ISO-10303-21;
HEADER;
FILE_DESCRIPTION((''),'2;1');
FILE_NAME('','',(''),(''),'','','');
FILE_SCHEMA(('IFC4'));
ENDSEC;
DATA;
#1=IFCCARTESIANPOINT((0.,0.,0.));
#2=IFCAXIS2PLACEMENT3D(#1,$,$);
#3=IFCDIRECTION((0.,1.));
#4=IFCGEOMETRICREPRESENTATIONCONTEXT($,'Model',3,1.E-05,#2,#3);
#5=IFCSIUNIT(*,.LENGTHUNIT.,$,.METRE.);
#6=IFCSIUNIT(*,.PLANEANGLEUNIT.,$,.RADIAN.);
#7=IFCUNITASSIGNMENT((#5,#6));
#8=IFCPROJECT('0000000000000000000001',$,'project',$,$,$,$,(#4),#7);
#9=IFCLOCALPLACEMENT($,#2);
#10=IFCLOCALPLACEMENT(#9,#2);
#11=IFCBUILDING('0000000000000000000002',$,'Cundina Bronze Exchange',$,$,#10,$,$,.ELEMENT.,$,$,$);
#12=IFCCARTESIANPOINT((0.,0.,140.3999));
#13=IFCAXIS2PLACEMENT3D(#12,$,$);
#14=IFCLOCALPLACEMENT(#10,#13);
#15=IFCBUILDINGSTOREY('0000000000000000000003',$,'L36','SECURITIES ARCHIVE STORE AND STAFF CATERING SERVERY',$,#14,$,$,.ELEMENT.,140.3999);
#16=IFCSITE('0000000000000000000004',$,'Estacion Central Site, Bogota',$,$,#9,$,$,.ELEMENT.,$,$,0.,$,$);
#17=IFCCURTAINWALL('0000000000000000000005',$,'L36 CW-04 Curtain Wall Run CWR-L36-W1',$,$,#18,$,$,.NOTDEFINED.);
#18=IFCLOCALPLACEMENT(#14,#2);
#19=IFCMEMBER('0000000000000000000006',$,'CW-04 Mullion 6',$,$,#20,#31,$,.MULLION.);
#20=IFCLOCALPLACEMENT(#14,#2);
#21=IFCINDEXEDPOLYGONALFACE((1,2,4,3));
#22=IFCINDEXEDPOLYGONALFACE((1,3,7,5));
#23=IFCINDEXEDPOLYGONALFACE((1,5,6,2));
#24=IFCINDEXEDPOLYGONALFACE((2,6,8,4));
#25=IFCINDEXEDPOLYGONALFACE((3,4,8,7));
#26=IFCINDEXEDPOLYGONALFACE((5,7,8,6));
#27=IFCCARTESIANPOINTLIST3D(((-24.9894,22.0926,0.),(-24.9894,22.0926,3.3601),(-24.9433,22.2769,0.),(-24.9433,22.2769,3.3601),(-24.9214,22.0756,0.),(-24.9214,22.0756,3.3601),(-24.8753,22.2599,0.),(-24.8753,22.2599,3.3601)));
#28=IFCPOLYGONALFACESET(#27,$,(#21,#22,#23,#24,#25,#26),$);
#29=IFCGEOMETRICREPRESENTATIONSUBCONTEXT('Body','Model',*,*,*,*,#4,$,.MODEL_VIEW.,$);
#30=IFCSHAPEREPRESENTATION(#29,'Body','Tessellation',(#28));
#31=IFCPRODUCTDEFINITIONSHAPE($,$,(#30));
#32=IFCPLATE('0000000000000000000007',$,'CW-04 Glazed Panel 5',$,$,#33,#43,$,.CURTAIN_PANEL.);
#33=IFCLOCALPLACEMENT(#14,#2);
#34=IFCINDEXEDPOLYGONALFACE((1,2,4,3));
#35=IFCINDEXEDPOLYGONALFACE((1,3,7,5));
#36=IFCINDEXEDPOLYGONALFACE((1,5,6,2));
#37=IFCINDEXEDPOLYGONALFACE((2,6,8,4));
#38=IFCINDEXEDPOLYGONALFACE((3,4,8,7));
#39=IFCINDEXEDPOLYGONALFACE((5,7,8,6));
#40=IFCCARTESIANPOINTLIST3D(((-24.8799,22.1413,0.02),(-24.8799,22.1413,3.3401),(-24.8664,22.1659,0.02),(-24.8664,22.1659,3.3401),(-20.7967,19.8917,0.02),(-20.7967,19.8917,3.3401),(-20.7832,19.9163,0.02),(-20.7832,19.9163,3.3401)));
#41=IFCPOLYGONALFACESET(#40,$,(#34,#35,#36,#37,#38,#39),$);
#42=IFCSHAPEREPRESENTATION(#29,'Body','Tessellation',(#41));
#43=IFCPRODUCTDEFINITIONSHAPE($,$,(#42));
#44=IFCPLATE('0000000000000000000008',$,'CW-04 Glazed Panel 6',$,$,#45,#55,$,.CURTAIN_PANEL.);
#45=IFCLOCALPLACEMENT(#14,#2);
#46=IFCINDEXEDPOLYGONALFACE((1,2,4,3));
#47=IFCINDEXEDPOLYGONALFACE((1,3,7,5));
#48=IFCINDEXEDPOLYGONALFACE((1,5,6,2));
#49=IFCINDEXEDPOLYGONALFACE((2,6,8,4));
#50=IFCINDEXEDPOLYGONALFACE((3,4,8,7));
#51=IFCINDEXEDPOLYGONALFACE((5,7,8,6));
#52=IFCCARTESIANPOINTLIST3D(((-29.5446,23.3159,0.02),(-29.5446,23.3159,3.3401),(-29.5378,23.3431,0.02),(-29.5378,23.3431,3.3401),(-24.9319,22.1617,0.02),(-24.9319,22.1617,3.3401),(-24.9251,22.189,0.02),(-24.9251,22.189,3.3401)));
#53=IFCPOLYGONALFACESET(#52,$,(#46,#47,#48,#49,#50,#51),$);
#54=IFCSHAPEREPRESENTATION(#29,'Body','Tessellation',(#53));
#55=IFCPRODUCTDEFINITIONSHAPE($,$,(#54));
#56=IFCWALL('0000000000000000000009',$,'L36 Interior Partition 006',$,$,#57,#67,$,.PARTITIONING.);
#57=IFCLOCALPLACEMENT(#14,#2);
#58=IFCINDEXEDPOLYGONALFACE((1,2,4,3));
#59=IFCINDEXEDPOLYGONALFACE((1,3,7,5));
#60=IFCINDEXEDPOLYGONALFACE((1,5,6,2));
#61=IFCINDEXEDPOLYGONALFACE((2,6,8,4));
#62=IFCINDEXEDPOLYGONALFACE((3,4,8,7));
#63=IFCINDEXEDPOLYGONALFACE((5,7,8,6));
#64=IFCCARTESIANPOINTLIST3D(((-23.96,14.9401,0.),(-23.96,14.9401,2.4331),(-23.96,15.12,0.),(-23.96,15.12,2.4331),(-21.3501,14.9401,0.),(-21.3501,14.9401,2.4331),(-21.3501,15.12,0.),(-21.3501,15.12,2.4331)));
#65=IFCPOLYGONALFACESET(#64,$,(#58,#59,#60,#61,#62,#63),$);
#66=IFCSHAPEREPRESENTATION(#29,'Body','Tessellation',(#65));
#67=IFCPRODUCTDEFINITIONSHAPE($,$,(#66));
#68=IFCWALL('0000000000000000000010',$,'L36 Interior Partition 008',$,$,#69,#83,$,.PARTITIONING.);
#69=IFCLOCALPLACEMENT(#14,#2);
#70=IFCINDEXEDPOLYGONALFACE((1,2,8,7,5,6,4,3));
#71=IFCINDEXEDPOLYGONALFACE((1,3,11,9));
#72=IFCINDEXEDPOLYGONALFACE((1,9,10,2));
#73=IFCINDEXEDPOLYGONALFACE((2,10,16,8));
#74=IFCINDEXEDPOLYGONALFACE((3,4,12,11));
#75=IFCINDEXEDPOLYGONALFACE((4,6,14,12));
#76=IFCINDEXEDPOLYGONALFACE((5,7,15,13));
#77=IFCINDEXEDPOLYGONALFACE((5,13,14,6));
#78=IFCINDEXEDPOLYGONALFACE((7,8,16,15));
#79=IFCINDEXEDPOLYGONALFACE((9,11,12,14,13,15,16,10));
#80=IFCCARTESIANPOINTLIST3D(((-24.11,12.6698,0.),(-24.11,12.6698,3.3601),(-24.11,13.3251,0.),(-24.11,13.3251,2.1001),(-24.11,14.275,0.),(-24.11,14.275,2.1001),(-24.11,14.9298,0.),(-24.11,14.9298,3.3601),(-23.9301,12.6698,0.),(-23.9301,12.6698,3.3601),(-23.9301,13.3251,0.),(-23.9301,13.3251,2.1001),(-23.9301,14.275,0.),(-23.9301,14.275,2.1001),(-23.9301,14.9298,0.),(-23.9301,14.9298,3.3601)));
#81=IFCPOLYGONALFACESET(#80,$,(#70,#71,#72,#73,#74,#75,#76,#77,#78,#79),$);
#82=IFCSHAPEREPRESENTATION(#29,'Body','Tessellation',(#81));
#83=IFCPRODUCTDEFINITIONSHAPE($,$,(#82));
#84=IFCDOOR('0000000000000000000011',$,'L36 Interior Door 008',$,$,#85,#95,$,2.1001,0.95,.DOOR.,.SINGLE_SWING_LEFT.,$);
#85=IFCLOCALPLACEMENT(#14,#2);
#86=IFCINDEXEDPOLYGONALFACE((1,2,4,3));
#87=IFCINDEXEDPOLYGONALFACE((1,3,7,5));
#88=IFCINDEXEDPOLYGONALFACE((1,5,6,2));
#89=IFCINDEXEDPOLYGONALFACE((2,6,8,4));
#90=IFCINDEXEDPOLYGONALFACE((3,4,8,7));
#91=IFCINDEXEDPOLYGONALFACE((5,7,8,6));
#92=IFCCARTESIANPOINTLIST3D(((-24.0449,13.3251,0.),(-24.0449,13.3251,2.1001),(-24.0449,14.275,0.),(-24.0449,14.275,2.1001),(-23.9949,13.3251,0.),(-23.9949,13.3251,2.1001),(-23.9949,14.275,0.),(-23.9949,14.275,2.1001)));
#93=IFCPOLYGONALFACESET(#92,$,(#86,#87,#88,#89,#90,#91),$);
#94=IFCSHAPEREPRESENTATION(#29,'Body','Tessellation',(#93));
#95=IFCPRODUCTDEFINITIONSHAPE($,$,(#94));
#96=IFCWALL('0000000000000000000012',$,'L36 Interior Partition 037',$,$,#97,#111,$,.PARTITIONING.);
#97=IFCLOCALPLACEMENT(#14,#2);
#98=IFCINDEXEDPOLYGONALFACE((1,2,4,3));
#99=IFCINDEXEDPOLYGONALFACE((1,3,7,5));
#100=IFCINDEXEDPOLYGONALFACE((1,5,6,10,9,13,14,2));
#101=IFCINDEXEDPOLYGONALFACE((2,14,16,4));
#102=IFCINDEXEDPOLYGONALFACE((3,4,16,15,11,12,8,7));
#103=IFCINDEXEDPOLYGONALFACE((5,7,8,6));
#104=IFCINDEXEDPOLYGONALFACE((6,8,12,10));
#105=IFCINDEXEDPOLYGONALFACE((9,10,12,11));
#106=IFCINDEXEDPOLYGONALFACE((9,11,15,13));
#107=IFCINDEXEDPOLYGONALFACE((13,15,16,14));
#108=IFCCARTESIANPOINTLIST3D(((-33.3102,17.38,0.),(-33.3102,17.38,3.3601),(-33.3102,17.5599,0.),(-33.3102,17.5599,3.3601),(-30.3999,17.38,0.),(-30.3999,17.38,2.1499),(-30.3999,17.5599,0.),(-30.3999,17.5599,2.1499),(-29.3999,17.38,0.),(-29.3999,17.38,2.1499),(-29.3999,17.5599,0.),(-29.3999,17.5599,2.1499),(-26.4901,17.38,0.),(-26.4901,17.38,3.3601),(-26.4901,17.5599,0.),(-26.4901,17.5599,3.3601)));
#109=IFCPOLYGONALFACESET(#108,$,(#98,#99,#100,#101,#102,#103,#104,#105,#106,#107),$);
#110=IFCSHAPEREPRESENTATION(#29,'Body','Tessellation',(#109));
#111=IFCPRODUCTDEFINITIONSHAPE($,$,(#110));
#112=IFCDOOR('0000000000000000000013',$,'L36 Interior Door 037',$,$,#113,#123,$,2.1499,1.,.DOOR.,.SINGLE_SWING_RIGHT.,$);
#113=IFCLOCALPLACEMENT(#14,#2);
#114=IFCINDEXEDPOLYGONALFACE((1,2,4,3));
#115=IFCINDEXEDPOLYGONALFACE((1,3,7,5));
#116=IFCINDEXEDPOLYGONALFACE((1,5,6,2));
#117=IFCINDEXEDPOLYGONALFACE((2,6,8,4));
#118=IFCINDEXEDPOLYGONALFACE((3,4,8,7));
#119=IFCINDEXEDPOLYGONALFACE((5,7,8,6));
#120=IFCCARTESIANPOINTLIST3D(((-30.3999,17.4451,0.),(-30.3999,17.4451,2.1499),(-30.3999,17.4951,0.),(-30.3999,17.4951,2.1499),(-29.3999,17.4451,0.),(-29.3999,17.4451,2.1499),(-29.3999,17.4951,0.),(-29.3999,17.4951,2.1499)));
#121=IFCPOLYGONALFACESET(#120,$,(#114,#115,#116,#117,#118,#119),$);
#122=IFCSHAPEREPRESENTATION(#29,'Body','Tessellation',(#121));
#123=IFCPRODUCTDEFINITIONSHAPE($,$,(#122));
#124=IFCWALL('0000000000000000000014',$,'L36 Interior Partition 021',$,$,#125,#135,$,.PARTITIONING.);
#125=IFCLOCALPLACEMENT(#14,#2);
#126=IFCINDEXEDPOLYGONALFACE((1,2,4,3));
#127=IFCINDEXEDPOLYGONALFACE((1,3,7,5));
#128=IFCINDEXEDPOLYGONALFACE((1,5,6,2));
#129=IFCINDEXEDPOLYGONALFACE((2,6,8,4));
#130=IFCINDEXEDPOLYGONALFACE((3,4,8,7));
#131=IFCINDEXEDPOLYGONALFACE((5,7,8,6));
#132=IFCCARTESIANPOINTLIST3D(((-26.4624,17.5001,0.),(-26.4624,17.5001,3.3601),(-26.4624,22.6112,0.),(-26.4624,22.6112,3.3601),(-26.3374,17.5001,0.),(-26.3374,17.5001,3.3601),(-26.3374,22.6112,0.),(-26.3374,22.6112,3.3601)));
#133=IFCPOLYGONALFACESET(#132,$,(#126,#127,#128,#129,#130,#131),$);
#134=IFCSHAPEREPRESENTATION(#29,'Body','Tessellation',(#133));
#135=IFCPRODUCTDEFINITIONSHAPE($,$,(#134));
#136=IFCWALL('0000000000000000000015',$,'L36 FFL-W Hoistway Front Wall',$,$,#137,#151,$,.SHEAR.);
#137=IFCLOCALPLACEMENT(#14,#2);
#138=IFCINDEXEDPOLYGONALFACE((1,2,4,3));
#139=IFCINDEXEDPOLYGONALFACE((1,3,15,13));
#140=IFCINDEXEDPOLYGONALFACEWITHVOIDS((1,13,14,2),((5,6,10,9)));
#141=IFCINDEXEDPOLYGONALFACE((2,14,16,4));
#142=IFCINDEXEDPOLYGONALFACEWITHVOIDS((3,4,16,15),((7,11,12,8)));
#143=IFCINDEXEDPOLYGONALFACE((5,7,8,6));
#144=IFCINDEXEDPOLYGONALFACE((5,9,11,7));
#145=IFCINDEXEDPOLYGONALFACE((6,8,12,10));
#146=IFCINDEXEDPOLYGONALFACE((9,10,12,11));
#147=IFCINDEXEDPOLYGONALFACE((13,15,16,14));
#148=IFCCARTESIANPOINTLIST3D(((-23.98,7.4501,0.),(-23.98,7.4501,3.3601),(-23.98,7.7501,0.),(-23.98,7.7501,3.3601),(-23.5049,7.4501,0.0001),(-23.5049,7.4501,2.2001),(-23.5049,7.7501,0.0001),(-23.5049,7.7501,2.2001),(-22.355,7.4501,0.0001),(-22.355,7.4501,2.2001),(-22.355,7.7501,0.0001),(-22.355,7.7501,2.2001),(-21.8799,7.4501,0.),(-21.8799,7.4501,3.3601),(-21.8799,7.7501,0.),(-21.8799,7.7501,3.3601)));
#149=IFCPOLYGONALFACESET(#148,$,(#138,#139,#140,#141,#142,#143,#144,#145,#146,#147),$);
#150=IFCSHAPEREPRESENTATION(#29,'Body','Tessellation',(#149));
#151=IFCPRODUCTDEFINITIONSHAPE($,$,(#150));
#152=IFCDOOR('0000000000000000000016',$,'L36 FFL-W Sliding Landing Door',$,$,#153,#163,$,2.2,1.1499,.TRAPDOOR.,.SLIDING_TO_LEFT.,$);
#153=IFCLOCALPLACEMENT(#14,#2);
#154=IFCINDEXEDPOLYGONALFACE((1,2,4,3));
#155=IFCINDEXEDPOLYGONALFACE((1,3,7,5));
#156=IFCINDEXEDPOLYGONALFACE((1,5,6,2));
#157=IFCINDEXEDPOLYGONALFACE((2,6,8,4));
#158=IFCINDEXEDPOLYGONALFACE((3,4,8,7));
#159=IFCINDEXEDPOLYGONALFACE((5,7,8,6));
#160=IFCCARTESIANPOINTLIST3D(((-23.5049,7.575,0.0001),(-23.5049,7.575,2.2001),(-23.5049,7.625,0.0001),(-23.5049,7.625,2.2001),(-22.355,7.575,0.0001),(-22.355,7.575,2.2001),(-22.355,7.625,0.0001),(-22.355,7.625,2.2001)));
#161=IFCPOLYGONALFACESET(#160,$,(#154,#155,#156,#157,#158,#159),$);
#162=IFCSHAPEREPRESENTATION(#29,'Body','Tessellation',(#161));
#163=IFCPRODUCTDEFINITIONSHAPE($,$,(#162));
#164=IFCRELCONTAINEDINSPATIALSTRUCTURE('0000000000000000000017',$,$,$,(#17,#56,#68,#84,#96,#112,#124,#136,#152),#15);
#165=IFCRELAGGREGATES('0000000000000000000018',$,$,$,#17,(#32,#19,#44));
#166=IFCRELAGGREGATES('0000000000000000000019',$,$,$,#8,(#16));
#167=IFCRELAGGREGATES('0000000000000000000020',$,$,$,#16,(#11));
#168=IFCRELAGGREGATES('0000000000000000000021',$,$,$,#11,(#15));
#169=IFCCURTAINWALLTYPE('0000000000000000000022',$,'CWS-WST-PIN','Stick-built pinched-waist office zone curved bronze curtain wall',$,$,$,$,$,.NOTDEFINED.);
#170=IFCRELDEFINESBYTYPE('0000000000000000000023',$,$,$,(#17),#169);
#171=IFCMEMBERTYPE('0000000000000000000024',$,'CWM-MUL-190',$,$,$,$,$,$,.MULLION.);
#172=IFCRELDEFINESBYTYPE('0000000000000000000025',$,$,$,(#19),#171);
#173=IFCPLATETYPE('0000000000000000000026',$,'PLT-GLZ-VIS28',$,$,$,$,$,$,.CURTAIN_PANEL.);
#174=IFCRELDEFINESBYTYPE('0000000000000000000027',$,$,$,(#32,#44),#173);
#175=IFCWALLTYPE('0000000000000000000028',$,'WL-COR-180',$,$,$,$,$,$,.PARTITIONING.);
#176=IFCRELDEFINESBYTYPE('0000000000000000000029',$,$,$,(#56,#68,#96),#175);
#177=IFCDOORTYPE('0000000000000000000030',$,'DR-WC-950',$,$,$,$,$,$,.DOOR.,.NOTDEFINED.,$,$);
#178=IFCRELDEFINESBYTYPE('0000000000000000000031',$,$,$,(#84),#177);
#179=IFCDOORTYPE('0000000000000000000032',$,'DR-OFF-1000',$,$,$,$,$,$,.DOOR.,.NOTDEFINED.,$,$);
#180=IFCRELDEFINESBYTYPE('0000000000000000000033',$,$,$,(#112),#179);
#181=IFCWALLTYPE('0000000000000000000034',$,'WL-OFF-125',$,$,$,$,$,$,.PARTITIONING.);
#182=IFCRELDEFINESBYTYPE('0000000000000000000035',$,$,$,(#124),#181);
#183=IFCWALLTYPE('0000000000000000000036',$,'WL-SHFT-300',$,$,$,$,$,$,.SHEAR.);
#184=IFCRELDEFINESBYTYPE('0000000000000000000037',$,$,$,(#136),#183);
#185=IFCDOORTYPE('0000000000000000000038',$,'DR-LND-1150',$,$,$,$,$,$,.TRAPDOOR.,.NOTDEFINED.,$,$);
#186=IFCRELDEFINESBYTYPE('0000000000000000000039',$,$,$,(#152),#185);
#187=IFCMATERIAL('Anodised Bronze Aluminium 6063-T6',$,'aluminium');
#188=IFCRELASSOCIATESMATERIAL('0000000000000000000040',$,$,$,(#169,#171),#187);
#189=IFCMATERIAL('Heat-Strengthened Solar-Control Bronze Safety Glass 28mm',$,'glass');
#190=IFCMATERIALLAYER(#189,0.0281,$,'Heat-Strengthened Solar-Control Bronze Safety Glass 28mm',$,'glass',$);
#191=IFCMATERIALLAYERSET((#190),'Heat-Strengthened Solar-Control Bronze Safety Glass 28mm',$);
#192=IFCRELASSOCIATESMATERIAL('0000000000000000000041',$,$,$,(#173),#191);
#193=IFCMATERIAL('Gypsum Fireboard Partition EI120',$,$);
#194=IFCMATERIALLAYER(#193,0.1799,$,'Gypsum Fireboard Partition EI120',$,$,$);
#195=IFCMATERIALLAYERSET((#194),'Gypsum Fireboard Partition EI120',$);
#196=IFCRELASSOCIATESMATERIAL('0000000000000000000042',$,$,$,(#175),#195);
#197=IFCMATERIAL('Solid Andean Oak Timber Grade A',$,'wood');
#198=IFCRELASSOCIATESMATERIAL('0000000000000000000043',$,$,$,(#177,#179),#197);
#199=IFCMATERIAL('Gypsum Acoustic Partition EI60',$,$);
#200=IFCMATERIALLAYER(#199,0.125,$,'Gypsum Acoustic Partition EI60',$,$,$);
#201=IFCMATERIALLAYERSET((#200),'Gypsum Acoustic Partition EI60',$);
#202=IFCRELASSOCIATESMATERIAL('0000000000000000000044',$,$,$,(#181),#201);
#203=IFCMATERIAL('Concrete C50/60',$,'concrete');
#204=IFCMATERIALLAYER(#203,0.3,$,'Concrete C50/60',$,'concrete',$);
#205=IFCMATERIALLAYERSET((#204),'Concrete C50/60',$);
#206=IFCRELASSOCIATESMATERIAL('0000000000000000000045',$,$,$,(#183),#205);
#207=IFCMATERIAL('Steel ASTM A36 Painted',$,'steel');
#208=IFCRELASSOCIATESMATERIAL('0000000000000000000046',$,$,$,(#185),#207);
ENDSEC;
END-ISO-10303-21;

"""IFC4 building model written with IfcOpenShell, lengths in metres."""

from ifc_helpers import new_model, si_unit, direction, frame, frame_2d, origin, origin_2d, place, context, subcontext, project, spatial, rectangle, extrude, material, layer, layer_set, material_profile, profile_set, type_object, element, fill, aggregate, save


model = new_model("IFC4")

# Units and contexts
model_context = context("Model", 3, precision=1e-05, world=origin(), true_north=direction((0.0, 1.0)))
body_context = subcontext(model_context, "Body", "Model", "MODEL_VIEW")
ifc_project = project(units=[si_unit("LENGTHUNIT", "METRE"), si_unit("PLANEANGLEUNIT", "RADIAN")], contexts=[model_context])

# Site, building, storey
site_placement = place(None, origin())
site = spatial("IfcSite", under=ifc_project, at=site_placement, Name="Estacion Central Site, Bogota", CompositionType="ELEMENT", RefElevation=0.0)
building_placement = place(site_placement, origin())
building = spatial("IfcBuilding", under=site, at=building_placement, Name="Cundina Bronze Exchange", CompositionType="ELEMENT")
storey_placement = place(building_placement, frame((0.0, 0.0, 140.3999)))
storey = spatial("IfcBuildingStorey", under=building, at=storey_placement, Name="L36", Description="SECURITIES ARCHIVE STORE AND STAFF CATERING SERVERY", CompositionType="ELEMENT", Elevation=140.3999)

# Shared definitions
ifc_material_1 = material(Name="Concrete C50/60", Category="concrete")

# Curtain wall, member, plates
ifc_material_2 = material(Name="Anodised Bronze Aluminium 6063-T6", Category="aluminium")
curtain_wall_type = type_object("IfcCurtainWallType", Name="CWS-WST-PIN", Description="Stick-built pinched-waist office zone curved bronze curtain wall", PredefinedType="NOTDEFINED", material=ifc_material_2)
curtain_wall_placement = place(storey_placement, origin())
curtain_wall = element("IfcCurtainWall", 1, at=curtain_wall_placement, inside=storey, type_object=curtain_wall_type, Name="L36 CW-04 Curtain Wall Run CWR-L36-W1", PredefinedType="NOTDEFINED")
ifc_material_profile_1 = material_profile(ifc_material_2, rectangle(XDim=0.0701, YDim=0.1899, at=origin_2d()), Name="AL70X190", Category="aluminium")
ifc_profile_set_1 = profile_set([ifc_material_profile_1], Name="Anodised Bronze Aluminium 6063-T6")
member_type = type_object("IfcMemberType", Name="CWM-MUL-190", PredefinedType="MULLION", material=ifc_profile_set_1)
member_placement = place(storey_placement, frame((-24.9324, 22.1763, 0.0), z_axis=(0.0, 0.0, 1.0), x_axis=(-0.970084, 0.242769, 0.0)))
member = element("IfcMember", 2, at=member_placement, type_object=member_type, Name="CW-04 Mullion 6", PredefinedType="MULLION", context=body_context, shape_type="SweptSolid", body=[
    extrude(rectangle(XDim=0.0701, YDim=0.1899, at=origin_2d()), origin(), (0.0, 0.0, 1.0), 3.3601),
])
ifc_material_3 = material(Name="Heat-Strengthened Solar-Control Bronze Safety Glass 28mm", Category="glass")
ifc_layer_1 = layer(ifc_material_3, 0.0281, Name="Heat-Strengthened Solar-Control Bronze Safety Glass 28mm", Category="glass")
ifc_layer_set_1 = layer_set([ifc_layer_1], Name="Heat-Strengthened Solar-Control Bronze Safety Glass 28mm")
plate_type = type_object("IfcPlateType", Name="PLT-GLZ-VIS28", PredefinedType="CURTAIN_PANEL", material=ifc_layer_set_1)
plate_1_placement = place(storey_placement, frame((-22.8315, 21.0288, 0.02), z_axis=(0.0, 0.0, 1.0), x_axis=(-0.875869, 0.482549, 0.0)))
plate_1 = element("IfcPlate", 3, at=plate_1_placement, type_object=plate_type, Name="CW-04 Glazed Panel 5", PredefinedType="CURTAIN_PANEL", context=body_context, shape_type="SweptSolid", body=[
    extrude(rectangle(XDim=4.6619, YDim=0.0281, at=origin_2d()), origin(), (0.0, 0.0, 1.0), 3.3201),
])
plate_2_placement = place(storey_placement, frame((-27.2349, 22.7524, 0.02), z_axis=(0.0, 0.0, 1.0), x_axis=(-0.970093, 0.242735, 0.0)))
plate_2 = element("IfcPlate", 4, at=plate_2_placement, type_object=plate_type, Name="CW-04 Glazed Panel 6", PredefinedType="CURTAIN_PANEL", context=body_context, shape_type="SweptSolid", body=[
    extrude(rectangle(XDim=4.7549, YDim=0.0281, at=origin_2d()), origin(), (0.0, 0.0, 1.0), 3.3201),
])
aggregate(curtain_wall, [plate_1, member, plate_2])

# Wall
ifc_material_4 = material(Name="Gypsum Fireboard Partition EI120")
ifc_layer_2 = layer(ifc_material_4, 0.1799, Name="Gypsum Fireboard Partition EI120")
ifc_layer_set_2 = layer_set([ifc_layer_2], Name="Gypsum Fireboard Partition EI120")
wall_type_1 = type_object("IfcWallType", Name="WL-COR-180", PredefinedType="PARTITIONING", material=ifc_layer_set_2)
wall_1_placement = place(storey_placement, frame((-23.96, 15.03, 0.0), z_axis=(0.0, 0.0, 1.0), x_axis=(1.0, 0.0, 0.0)))
element("IfcWall", 5, at=wall_1_placement, inside=storey, type_object=wall_type_1, Name="L36 Interior Partition 006", PredefinedType="PARTITIONING", context=body_context, shape_type="SweptSolid", body=[
    extrude(rectangle(XDim=2.6099, YDim=0.1799, at=frame_2d((1.3049, 0.0))), origin(), (0.0, 0.0, 1.0), 2.4331),
])

# Walls, openings, doors
wall_2_placement = place(storey_placement, frame((-24.02, 12.6699, 0.0), z_axis=(0.0, 0.0, 1.0), x_axis=(0.0, 1.0, 0.0)))
wall_2 = element("IfcWall", 6, at=wall_2_placement, inside=storey, type_object=wall_type_1, Name="L36 Interior Partition 008", PredefinedType="PARTITIONING", context=body_context, shape_type="SweptSolid", body=[
    extrude(rectangle(XDim=2.26, YDim=0.1799, at=frame_2d((1.1299, 0.0))), origin(), (0.0, 0.0, 1.0), 3.3601),
])
opening_1_placement = place(wall_2_placement, frame((0.655, 0.0, 0.0)))
opening_1 = element("IfcOpeningElement", 7, at=opening_1_placement, cuts=wall_2, PredefinedType="OPENING", context=body_context, shape_type="SweptSolid", body=[
    extrude(rectangle(XDim=0.95, YDim=2.1001, at=frame_2d((0.4751, 1.05))), frame((0.0, 0.0999, 0.0), z_axis=(0.0, -1.0, 0.0), x_axis=(1.0, 0.0, 0.0)), (0.0, 0.0, 1.0), 0.2),
])
ifc_material_5 = material(Name="Solid Andean Oak Timber Grade A", Category="wood")
door_type_1 = type_object("IfcDoorType", Name="DR-WC-950", OperationType="NOTDEFINED", PredefinedType="DOOR", material=ifc_material_5)
door_1_placement = place(opening_1_placement, origin())
door_1 = element("IfcDoor", 8, at=door_1_placement, inside=storey, type_object=door_type_1, Name="L36 Interior Door 008", OperationType="SINGLE_SWING_LEFT", OverallHeight=2.1001, OverallWidth=0.95, PredefinedType="DOOR", context=body_context, shape_type="SweptSolid", body=[
    extrude(rectangle(XDim=0.95, YDim=2.1001, at=frame_2d((0.4751, 1.05))), frame((0.0, 0.0249, 0.0), z_axis=(0.0, -1.0, 0.0), x_axis=(1.0, 0.0, 0.0)), (0.0, 0.0, 1.0), 0.05),
])
fill(opening_1, door_1)
wall_3_placement = place(storey_placement, frame((-26.49, 17.47, 0.0), z_axis=(0.0, 0.0, 1.0), x_axis=(-1.0, 0.0, 0.0)))
wall_3 = element("IfcWall", 9, at=wall_3_placement, inside=storey, type_object=wall_type_1, Name="L36 Interior Partition 037", PredefinedType="PARTITIONING", context=body_context, shape_type="SweptSolid", body=[
    extrude(rectangle(XDim=6.8201, YDim=0.1799, at=frame_2d((3.4102, 0.0))), origin(), (0.0, 0.0, 1.0), 3.3601),
])
opening_2_placement = place(wall_3_placement, frame((2.9099, 0.0, 0.0)))
opening_2 = element("IfcOpeningElement", 10, at=opening_2_placement, cuts=wall_3, PredefinedType="OPENING", context=body_context, shape_type="SweptSolid", body=[
    extrude(rectangle(XDim=1.0, YDim=2.1499, at=frame_2d((0.5, 1.075))), frame((0.0, 0.0999, 0.0), z_axis=(0.0, -1.0, 0.0), x_axis=(1.0, 0.0, 0.0)), (0.0, 0.0, 1.0), 0.2),
])
door_type_2 = type_object("IfcDoorType", Name="DR-OFF-1000", OperationType="NOTDEFINED", PredefinedType="DOOR", material=ifc_material_5)
door_2_placement = place(opening_2_placement, origin())
door_2 = element("IfcDoor", 11, at=door_2_placement, inside=storey, type_object=door_type_2, Name="L36 Interior Door 037", OperationType="SINGLE_SWING_RIGHT", OverallHeight=2.1499, OverallWidth=1.0, PredefinedType="DOOR", context=body_context, shape_type="SweptSolid", body=[
    extrude(rectangle(XDim=1.0, YDim=2.1499, at=frame_2d((0.5, 1.075))), frame((0.0, 0.0249, 0.0), z_axis=(0.0, -1.0, 0.0), x_axis=(1.0, 0.0, 0.0)), (0.0, 0.0, 1.0), 0.05),
])
fill(opening_2, door_2)

# Wall
ifc_material_6 = material(Name="Gypsum Acoustic Partition EI60")
ifc_layer_3 = layer(ifc_material_6, 0.125, Name="Gypsum Acoustic Partition EI60")
ifc_layer_set_3 = layer_set([ifc_layer_3], Name="Gypsum Acoustic Partition EI60")
wall_type_2 = type_object("IfcWallType", Name="WL-OFF-125", PredefinedType="PARTITIONING", material=ifc_layer_set_3)
wall_4_placement = place(storey_placement, frame((-26.3999, 17.5, 0.0), z_axis=(0.0, 0.0, 1.0), x_axis=(0.0, 1.0, 0.0)))
element("IfcWall", 12, at=wall_4_placement, inside=storey, type_object=wall_type_2, Name="L36 Interior Partition 021", PredefinedType="PARTITIONING", context=body_context, shape_type="SweptSolid", body=[
    extrude(rectangle(XDim=5.1111, YDim=0.125, at=frame_2d((2.5557, 0.0))), origin(), (0.0, 0.0, 1.0), 3.3601),
])

# Wall, opening, door
ifc_layer_4 = layer(ifc_material_1, 0.3, Name="Concrete C50/60", Category="concrete")
ifc_layer_set_4 = layer_set([ifc_layer_4], Name="Concrete C50/60")
wall_type_3 = type_object("IfcWallType", Name="WL-SHFT-300", PredefinedType="SHEAR", material=ifc_layer_set_4)
ifc_material_7 = material(Name="Steel ASTM A36 Painted", Category="steel")
wall_5_placement = place(storey_placement, frame((-23.98, 7.6001, 0.0), z_axis=(0.0, 0.0, 1.0), x_axis=(1.0, 0.0, 0.0)))
wall_5 = element("IfcWall", 13, at=wall_5_placement, inside=storey, type_object=wall_type_3, Name="L36 FFL-W Hoistway Front Wall", PredefinedType="SHEAR", context=body_context, shape_type="SweptSolid", body=[
    extrude(rectangle(XDim=2.1001, YDim=0.3, at=frame_2d((1.05, 0.0))), origin(), (0.0, 0.0, 1.0), 3.3601),
])
opening_3_placement = place(wall_5_placement, frame((0.4751, 0.0, 0.0)))
opening_3 = element("IfcOpeningElement", 14, at=opening_3_placement, cuts=wall_5, PredefinedType="OPENING", context=body_context, shape_type="SweptSolid", body=[
    extrude(rectangle(XDim=1.1499, YDim=2.2, at=frame_2d((0.575, 1.1001))), frame((0.0, 0.1599, 0.0), z_axis=(0.0, -1.0, 0.0), x_axis=(1.0, 0.0, 0.0)), (0.0, 0.0, 1.0), 0.3201),
])
door_type_3 = type_object("IfcDoorType", Name="DR-LND-1150", OperationType="NOTDEFINED", PredefinedType="TRAPDOOR", material=ifc_material_7)
door_3_placement = place(opening_3_placement, origin())
door_3 = element("IfcDoor", 15, at=door_3_placement, inside=storey, type_object=door_type_3, Name="L36 FFL-W Sliding Landing Door", OperationType="SLIDING_TO_LEFT", OverallHeight=2.2, OverallWidth=1.1499, PredefinedType="TRAPDOOR", context=body_context, shape_type="SweptSolid", body=[
    extrude(rectangle(XDim=1.1499, YDim=2.2, at=frame_2d((0.575, 1.1001))), frame((0.0, 0.0249, 0.0), z_axis=(0.0, -1.0, 0.0), x_axis=(1.0, 0.0, 0.0)), (0.0, 0.0, 1.0), 0.05),
])
fill(opening_3, door_3)

save(model, "model.ifc")
